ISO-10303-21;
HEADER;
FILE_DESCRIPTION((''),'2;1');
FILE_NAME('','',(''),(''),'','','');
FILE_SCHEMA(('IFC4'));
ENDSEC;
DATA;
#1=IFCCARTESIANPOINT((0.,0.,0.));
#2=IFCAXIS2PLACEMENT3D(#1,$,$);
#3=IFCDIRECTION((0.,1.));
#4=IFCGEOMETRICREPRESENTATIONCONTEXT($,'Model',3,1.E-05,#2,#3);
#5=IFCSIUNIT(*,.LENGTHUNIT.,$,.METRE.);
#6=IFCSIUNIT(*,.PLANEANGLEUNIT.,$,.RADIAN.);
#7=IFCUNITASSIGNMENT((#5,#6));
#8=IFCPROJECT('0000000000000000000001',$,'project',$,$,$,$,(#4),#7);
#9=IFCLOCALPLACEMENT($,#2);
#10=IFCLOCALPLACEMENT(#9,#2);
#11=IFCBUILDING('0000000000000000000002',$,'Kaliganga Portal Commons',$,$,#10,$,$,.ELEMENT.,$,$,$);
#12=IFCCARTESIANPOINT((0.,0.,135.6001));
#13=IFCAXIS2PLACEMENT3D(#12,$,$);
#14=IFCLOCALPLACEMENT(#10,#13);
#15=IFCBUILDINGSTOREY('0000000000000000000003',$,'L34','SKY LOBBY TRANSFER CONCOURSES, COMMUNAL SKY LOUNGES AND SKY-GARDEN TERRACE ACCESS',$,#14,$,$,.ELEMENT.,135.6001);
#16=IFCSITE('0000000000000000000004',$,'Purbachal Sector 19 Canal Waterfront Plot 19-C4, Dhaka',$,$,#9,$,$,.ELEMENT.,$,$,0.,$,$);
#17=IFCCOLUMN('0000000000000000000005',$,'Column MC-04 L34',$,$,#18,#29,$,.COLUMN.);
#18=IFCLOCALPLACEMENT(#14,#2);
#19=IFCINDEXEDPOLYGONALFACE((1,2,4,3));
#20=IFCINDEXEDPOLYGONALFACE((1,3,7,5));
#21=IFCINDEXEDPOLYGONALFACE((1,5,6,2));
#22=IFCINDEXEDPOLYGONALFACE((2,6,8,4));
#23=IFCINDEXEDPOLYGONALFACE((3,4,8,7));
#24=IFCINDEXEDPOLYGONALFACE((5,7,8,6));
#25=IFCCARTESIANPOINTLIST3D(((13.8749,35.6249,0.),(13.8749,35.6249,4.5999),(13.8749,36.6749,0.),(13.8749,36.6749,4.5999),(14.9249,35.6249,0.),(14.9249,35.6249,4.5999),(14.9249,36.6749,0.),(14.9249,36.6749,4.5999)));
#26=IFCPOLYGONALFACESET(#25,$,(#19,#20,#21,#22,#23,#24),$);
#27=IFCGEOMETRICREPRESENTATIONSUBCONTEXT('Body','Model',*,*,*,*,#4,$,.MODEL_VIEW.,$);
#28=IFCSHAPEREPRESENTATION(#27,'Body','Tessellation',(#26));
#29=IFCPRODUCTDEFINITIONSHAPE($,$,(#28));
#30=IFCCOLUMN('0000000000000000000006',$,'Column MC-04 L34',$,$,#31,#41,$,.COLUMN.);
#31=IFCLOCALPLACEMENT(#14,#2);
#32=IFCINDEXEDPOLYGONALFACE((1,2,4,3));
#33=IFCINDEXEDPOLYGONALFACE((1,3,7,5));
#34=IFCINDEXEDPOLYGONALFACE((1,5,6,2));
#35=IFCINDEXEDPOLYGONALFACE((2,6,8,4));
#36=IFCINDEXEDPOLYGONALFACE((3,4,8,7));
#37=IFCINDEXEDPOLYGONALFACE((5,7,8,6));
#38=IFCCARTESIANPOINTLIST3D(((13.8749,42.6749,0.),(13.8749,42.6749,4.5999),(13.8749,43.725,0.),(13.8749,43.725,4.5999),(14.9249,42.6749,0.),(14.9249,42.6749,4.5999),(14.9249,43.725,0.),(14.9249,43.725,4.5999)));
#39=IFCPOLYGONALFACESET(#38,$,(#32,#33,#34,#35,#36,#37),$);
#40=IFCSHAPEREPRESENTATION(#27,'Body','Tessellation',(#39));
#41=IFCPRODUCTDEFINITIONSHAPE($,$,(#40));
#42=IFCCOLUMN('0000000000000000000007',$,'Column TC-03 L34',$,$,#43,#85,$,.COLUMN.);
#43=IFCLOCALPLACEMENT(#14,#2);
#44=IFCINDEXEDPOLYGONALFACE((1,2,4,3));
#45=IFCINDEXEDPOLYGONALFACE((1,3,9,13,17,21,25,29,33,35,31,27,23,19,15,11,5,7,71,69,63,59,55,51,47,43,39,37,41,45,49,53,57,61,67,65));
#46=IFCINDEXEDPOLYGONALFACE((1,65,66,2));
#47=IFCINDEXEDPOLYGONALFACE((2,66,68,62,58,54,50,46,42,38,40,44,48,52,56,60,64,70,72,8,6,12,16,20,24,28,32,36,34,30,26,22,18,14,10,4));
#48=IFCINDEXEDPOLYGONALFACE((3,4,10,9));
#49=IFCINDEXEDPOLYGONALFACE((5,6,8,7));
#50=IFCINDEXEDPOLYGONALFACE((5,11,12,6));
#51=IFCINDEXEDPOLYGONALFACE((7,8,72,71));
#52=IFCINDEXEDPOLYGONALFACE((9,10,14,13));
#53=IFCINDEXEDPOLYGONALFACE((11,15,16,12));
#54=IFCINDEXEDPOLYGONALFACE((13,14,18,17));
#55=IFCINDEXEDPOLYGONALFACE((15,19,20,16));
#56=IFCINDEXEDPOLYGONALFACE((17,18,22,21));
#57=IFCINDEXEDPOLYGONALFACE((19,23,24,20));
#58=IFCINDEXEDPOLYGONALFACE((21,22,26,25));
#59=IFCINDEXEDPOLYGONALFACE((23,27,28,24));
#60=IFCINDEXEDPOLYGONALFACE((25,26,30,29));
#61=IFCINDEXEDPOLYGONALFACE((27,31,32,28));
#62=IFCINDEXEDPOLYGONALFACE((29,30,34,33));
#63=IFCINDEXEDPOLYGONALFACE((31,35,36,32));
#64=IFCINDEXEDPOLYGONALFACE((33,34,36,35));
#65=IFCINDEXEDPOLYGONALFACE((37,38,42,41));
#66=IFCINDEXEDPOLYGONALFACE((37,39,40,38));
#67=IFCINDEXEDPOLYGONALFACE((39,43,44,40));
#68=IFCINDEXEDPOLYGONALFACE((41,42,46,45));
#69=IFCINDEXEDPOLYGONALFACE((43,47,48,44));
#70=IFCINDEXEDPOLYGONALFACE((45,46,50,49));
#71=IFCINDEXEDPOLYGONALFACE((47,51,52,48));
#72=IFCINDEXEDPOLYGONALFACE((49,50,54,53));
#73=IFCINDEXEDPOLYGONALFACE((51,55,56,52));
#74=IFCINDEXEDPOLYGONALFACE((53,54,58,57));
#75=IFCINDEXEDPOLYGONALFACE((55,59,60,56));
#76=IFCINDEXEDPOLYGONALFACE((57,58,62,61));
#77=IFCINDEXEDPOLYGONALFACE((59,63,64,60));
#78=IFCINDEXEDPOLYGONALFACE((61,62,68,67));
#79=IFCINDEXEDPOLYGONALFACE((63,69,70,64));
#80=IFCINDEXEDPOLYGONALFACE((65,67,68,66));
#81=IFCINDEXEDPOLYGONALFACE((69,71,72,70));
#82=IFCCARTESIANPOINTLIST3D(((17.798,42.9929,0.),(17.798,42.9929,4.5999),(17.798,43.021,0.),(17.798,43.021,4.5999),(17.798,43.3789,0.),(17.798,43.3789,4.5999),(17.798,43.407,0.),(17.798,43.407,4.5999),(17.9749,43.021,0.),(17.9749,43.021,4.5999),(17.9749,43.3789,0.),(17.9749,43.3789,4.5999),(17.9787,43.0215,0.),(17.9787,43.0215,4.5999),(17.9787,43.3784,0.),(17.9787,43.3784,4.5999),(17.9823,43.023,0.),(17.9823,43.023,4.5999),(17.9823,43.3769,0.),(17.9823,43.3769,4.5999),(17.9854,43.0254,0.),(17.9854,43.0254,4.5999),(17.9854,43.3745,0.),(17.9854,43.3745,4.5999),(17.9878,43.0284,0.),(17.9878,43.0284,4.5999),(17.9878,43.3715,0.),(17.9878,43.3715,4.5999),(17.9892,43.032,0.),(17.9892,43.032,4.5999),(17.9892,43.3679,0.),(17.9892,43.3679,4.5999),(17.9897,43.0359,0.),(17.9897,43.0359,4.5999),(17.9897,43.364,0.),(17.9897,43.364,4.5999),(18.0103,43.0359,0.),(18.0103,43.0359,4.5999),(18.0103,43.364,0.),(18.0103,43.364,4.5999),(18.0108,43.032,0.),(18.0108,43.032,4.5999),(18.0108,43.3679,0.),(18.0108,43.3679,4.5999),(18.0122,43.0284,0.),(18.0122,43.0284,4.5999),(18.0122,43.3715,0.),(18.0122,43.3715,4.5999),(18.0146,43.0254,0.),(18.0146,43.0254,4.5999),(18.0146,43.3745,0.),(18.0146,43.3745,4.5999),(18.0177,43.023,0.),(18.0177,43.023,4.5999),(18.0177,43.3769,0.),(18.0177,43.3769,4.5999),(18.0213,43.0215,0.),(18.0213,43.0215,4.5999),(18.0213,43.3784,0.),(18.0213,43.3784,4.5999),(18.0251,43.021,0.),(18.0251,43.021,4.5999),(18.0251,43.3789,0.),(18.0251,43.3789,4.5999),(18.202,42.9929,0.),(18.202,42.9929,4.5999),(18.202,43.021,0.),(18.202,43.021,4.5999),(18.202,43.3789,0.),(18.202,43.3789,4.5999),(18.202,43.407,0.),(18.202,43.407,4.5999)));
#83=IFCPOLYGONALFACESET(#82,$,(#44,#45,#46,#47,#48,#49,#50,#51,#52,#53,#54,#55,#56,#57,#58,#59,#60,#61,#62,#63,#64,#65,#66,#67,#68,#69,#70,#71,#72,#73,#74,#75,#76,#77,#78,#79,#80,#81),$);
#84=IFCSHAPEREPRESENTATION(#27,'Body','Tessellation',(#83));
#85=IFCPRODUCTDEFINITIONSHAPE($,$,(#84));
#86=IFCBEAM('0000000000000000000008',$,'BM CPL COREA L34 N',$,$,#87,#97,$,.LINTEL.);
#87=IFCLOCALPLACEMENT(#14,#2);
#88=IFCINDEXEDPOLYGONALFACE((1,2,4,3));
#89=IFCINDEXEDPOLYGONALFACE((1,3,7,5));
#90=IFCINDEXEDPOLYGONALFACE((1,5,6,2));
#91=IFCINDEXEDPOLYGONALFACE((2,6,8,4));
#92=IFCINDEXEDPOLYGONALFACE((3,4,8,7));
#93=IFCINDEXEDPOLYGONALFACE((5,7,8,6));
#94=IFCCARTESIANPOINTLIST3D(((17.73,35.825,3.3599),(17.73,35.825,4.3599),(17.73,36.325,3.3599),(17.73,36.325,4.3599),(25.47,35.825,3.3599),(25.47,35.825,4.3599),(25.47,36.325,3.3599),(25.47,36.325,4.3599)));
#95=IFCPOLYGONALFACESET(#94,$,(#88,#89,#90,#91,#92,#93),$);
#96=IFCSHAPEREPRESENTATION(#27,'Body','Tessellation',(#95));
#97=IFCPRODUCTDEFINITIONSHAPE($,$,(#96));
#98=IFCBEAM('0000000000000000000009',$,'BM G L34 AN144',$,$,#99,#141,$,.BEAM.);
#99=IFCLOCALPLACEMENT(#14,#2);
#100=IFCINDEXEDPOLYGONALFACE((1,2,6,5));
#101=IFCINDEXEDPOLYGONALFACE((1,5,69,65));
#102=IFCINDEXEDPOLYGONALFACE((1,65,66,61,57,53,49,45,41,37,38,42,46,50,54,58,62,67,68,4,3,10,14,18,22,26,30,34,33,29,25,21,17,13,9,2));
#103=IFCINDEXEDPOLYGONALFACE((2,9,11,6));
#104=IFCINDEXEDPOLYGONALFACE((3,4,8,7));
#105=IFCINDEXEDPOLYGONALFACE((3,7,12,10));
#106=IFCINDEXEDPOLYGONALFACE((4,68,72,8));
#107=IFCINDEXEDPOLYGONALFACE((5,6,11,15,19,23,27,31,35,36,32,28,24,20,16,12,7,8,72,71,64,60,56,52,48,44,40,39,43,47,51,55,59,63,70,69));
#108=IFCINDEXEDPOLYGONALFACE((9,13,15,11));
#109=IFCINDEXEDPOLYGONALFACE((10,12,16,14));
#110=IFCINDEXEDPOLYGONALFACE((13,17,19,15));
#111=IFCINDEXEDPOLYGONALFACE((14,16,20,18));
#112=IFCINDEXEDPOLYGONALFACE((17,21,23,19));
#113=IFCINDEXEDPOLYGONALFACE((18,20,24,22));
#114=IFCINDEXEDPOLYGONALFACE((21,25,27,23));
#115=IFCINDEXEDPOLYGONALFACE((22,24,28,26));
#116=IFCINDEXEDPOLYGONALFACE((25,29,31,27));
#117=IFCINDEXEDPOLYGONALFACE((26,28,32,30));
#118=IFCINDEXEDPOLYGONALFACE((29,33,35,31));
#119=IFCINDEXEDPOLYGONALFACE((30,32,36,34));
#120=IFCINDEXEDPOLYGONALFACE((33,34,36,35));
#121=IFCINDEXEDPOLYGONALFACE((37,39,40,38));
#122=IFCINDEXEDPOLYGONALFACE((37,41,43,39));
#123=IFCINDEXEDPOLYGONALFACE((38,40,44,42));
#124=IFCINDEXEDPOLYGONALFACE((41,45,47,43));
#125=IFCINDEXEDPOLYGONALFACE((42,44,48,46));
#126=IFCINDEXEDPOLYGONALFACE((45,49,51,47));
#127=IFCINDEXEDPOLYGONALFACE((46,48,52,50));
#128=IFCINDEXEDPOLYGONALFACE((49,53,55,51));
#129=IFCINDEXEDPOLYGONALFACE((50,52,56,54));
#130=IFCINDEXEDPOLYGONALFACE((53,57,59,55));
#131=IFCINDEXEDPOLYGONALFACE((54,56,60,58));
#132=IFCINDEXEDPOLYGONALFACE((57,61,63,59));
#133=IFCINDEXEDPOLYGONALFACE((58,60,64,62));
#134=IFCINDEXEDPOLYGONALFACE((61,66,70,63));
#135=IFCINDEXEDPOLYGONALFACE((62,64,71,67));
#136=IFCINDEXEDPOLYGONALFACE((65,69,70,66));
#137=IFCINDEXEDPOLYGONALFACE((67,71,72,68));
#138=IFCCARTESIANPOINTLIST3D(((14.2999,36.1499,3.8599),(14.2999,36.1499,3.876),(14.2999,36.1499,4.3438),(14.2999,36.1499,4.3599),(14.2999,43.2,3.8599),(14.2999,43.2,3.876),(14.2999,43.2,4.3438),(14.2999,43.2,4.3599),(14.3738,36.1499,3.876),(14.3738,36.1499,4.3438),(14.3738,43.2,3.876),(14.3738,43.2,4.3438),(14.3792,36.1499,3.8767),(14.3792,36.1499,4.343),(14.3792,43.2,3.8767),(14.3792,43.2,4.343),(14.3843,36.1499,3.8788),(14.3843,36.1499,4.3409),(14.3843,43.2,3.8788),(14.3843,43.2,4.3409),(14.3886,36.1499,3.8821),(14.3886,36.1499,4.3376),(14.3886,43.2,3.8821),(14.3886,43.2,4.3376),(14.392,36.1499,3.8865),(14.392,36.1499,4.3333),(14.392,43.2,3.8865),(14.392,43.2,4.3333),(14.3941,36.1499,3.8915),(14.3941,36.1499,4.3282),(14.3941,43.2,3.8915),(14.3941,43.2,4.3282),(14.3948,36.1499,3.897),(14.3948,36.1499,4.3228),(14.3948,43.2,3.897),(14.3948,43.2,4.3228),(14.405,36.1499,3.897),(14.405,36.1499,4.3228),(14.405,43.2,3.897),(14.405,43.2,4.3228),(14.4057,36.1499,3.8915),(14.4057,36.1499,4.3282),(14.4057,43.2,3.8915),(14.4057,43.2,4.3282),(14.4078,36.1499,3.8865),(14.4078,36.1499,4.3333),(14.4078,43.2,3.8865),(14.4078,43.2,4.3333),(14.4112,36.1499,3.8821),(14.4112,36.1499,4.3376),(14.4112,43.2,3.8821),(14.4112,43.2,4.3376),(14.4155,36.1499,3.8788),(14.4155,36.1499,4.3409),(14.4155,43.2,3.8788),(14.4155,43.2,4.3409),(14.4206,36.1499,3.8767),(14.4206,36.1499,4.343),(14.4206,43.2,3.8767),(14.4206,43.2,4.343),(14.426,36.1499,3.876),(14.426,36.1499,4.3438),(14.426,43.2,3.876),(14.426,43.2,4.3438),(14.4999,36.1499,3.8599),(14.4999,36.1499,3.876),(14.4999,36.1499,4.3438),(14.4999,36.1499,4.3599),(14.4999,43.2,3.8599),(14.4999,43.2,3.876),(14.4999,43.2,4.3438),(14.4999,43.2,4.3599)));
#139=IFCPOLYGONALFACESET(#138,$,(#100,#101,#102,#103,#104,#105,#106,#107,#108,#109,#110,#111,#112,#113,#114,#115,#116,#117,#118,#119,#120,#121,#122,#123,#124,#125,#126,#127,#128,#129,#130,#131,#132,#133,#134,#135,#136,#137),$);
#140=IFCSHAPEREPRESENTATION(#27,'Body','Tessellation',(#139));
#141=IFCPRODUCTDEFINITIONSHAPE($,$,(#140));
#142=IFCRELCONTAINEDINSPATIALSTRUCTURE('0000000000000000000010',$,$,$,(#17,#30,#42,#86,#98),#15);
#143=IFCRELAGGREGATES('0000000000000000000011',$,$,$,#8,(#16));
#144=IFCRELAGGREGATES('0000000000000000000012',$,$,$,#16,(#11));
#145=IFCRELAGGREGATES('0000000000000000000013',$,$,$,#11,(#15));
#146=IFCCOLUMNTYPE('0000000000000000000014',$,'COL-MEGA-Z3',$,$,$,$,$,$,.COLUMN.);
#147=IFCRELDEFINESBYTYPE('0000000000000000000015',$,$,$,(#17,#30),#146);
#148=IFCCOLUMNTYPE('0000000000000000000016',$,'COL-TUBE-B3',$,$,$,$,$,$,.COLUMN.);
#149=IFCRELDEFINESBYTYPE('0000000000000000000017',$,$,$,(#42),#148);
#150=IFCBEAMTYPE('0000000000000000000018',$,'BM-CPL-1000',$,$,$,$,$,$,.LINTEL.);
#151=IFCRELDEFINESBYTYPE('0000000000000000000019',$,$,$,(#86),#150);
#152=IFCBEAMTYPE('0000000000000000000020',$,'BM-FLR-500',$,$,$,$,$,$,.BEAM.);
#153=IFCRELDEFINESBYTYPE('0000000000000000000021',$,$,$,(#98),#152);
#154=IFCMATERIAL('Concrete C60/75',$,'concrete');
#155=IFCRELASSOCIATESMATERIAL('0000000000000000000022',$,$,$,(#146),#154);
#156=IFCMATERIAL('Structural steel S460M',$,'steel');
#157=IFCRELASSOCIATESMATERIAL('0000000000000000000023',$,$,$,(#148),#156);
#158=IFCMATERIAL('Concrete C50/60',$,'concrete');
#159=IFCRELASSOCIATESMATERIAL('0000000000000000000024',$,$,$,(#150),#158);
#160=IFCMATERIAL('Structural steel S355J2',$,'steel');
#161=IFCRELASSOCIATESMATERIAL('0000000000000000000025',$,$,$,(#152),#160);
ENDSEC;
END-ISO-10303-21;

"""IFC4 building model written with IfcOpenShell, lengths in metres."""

from ifc_helpers import new_model, si_unit, direction, frame, origin, origin_2d, place, context, subcontext, project, spatial, rectangle, i_section, extrude, source, transform, mapped, material, material_profile, profile_set, type_object, element, save


model = new_model("IFC4")

# Units and contexts
model_context = context("Model", 3, precision=1e-05, world=origin(), true_north=direction((0.0, 1.0)))
body_context = subcontext(model_context, "Body", "Model", "MODEL_VIEW")
ifc_project = project(units=[si_unit("LENGTHUNIT", "METRE"), si_unit("PLANEANGLEUNIT", "RADIAN")], contexts=[model_context])

# Site, building, storey
site_placement = place(None, origin())
site = spatial("IfcSite", under=ifc_project, at=site_placement, Name="Purbachal Sector 19 Canal Waterfront Plot 19-C4, Dhaka", CompositionType="ELEMENT", RefElevation=0.0)
building_placement = place(site_placement, origin())
building = spatial("IfcBuilding", under=site, at=building_placement, Name="Kaliganga Portal Commons", CompositionType="ELEMENT")
storey_placement = place(building_placement, frame((0.0, 0.0, 135.6001)))
storey = spatial("IfcBuildingStorey", under=building, at=storey_placement, Name="L34", Description="SKY LOBBY TRANSFER CONCOURSES, COMMUNAL SKY LOUNGES AND SKY-GARDEN TERRACE ACCESS", CompositionType="ELEMENT", Elevation=135.6001)

# Columns
ifc_material_1 = material(Name="Concrete C60/75", Category="concrete")
ifc_material_profile_1 = material_profile(ifc_material_1, rectangle(XDim=1.05, YDim=1.05, at=origin_2d()), Name="RC 1050x1050")
ifc_profile_set_1 = profile_set([ifc_material_profile_1], Name="Concrete C60/75")
column_type_1 = type_object("IfcColumnType", Name="COL-MEGA-Z3", PredefinedType="COLUMN", material=ifc_profile_set_1)
shared_shape_1 = source(origin(), body_context, "Body", "SweptSolid", [
    extrude(rectangle(XDim=1.05, YDim=1.05, at=origin_2d()), origin(), (0.0, 0.0, 1.0), 4.5999),
])
for number, where, z_axis, x_axis, name in (
    (1, (14.3999, 36.1499, 0.0), (0.0, 0.0, 1.0), (1.0, 0.0, 0.0), "Column MC-04 L34"),
    (2, (14.3999, 43.2, 0.0), (0.0, 0.0, 1.0), (1.0, 0.0, 0.0), "Column MC-04 L34"),
):
    element("IfcColumn", number, at=place(storey_placement, frame(where, z_axis=z_axis, x_axis=x_axis)), inside=storey, type_object=column_type_1, Name=name, PredefinedType="COLUMN", context=body_context, shape_type="MappedRepresentation", body=[
        mapped(shared_shape_1, transform((0.0, 0.0, 0.0), x_axis=(1.0, 0.0, 0.0), y_axis=(0.0, 1.0, 0.0), z_axis=(0.0, 0.0, 1.0), scale=1.0)),
    ])
ifc_material_2 = material(Name="Structural steel S460M", Category="steel")
ifc_material_profile_2 = material_profile(ifc_material_2, i_section(OverallWidth=0.4041, OverallDepth=0.4141, WebThickness=0.0205, FlangeThickness=0.0281, FilletRadius=0.0149, at=origin_2d()), Name="HD 400x347")
ifc_profile_set_2 = profile_set([ifc_material_profile_2], Name="Structural steel S460M wide-flange")
column_type_2 = type_object("IfcColumnType", Name="COL-TUBE-B3", PredefinedType="COLUMN", material=ifc_profile_set_2)
shared_shape_2 = source(origin(), body_context, "Body", "SweptSolid", [
    extrude(i_section(OverallWidth=0.4041, OverallDepth=0.4141, WebThickness=0.0205, FlangeThickness=0.0281, FilletRadius=0.0149, at=origin_2d()), origin(), (0.0, 0.0, 1.0), 4.5999),
])
column_placement = place(storey_placement, frame((18.0, 43.2, 0.0), z_axis=(0.0, 0.0, 1.0), x_axis=(1.0, 0.0, 0.0)))
element("IfcColumn", 3, at=column_placement, inside=storey, type_object=column_type_2, Name="Column TC-03 L34", PredefinedType="COLUMN", context=body_context, shape_type="MappedRepresentation", body=[
    mapped(shared_shape_2, transform((0.0, 0.0, 0.0), x_axis=(1.0, 0.0, 0.0), y_axis=(0.0, 1.0, 0.0), z_axis=(0.0, 0.0, 1.0), scale=1.0)),
])

# Beams
ifc_material_3 = material(Name="Concrete C50/60", Category="concrete")
ifc_material_profile_3 = material_profile(ifc_material_3, rectangle(XDim=0.5, YDim=1.0, at=origin_2d()), Name="RC 500x1000")
ifc_profile_set_3 = profile_set([ifc_material_profile_3], Name="Concrete C50/60")
beam_type_1 = type_object("IfcBeamType", Name="BM-CPL-1000", PredefinedType="LINTEL", material=ifc_profile_set_3)
shared_shape_3 = source(origin(), body_context, "Body", "SweptSolid", [
    extrude(rectangle(XDim=0.5, YDim=1.0, at=origin_2d()), origin(), (0.0, 0.0, 1.0), 7.74),
])
beam_1_placement = place(storey_placement, frame((17.73, 36.075, 3.8599), z_axis=(1.0, 0.0, 0.0), x_axis=(0.0, 1.0, 0.0)))
element("IfcBeam", 4, at=beam_1_placement, inside=storey, type_object=beam_type_1, Name="BM CPL COREA L34 N", PredefinedType="LINTEL", context=body_context, shape_type="MappedRepresentation", body=[
    mapped(shared_shape_3, transform((0.0, 0.0, 0.0), x_axis=(1.0, 0.0, 0.0), y_axis=(0.0, 1.0, 0.0), z_axis=(0.0, 0.0, 1.0), scale=1.0)),
])
ifc_material_4 = material(Name="Structural steel S355J2", Category="steel")
ifc_material_profile_4 = material_profile(ifc_material_4, i_section(OverallWidth=0.2, OverallDepth=0.5, WebThickness=0.0103, FlangeThickness=0.0161, FilletRadius=0.021, at=origin_2d()), Name="IPE 500")
ifc_profile_set_4 = profile_set([ifc_material_profile_4], Name="Structural steel S355J2 wide-flange")
beam_type_2 = type_object("IfcBeamType", Name="BM-FLR-500", PredefinedType="BEAM", material=ifc_profile_set_4)
shared_shape_4 = source(origin(), body_context, "Body", "SweptSolid", [
    extrude(i_section(OverallWidth=0.2, OverallDepth=0.5, WebThickness=0.0103, FlangeThickness=0.0161, FilletRadius=0.021, at=origin_2d()), origin(), (0.0, 0.0, 1.0), 7.05),
])
beam_2_placement = place(storey_placement, frame((14.3999, 36.1499, 4.1099), z_axis=(0.0, 1.0, 0.0), x_axis=(-1.0, 0.0, 0.0)))
element("IfcBeam", 5, at=beam_2_placement, inside=storey, type_object=beam_type_2, Name="BM G L34 AN144", PredefinedType="BEAM", context=body_context, shape_type="MappedRepresentation", body=[
    mapped(shared_shape_4, transform((0.0, 0.0, 0.0), x_axis=(1.0, 0.0, 0.0), y_axis=(0.0, 1.0, 0.0), z_axis=(0.0, 0.0, 1.0), scale=1.0)),
])

save(model, "model.ifc")
